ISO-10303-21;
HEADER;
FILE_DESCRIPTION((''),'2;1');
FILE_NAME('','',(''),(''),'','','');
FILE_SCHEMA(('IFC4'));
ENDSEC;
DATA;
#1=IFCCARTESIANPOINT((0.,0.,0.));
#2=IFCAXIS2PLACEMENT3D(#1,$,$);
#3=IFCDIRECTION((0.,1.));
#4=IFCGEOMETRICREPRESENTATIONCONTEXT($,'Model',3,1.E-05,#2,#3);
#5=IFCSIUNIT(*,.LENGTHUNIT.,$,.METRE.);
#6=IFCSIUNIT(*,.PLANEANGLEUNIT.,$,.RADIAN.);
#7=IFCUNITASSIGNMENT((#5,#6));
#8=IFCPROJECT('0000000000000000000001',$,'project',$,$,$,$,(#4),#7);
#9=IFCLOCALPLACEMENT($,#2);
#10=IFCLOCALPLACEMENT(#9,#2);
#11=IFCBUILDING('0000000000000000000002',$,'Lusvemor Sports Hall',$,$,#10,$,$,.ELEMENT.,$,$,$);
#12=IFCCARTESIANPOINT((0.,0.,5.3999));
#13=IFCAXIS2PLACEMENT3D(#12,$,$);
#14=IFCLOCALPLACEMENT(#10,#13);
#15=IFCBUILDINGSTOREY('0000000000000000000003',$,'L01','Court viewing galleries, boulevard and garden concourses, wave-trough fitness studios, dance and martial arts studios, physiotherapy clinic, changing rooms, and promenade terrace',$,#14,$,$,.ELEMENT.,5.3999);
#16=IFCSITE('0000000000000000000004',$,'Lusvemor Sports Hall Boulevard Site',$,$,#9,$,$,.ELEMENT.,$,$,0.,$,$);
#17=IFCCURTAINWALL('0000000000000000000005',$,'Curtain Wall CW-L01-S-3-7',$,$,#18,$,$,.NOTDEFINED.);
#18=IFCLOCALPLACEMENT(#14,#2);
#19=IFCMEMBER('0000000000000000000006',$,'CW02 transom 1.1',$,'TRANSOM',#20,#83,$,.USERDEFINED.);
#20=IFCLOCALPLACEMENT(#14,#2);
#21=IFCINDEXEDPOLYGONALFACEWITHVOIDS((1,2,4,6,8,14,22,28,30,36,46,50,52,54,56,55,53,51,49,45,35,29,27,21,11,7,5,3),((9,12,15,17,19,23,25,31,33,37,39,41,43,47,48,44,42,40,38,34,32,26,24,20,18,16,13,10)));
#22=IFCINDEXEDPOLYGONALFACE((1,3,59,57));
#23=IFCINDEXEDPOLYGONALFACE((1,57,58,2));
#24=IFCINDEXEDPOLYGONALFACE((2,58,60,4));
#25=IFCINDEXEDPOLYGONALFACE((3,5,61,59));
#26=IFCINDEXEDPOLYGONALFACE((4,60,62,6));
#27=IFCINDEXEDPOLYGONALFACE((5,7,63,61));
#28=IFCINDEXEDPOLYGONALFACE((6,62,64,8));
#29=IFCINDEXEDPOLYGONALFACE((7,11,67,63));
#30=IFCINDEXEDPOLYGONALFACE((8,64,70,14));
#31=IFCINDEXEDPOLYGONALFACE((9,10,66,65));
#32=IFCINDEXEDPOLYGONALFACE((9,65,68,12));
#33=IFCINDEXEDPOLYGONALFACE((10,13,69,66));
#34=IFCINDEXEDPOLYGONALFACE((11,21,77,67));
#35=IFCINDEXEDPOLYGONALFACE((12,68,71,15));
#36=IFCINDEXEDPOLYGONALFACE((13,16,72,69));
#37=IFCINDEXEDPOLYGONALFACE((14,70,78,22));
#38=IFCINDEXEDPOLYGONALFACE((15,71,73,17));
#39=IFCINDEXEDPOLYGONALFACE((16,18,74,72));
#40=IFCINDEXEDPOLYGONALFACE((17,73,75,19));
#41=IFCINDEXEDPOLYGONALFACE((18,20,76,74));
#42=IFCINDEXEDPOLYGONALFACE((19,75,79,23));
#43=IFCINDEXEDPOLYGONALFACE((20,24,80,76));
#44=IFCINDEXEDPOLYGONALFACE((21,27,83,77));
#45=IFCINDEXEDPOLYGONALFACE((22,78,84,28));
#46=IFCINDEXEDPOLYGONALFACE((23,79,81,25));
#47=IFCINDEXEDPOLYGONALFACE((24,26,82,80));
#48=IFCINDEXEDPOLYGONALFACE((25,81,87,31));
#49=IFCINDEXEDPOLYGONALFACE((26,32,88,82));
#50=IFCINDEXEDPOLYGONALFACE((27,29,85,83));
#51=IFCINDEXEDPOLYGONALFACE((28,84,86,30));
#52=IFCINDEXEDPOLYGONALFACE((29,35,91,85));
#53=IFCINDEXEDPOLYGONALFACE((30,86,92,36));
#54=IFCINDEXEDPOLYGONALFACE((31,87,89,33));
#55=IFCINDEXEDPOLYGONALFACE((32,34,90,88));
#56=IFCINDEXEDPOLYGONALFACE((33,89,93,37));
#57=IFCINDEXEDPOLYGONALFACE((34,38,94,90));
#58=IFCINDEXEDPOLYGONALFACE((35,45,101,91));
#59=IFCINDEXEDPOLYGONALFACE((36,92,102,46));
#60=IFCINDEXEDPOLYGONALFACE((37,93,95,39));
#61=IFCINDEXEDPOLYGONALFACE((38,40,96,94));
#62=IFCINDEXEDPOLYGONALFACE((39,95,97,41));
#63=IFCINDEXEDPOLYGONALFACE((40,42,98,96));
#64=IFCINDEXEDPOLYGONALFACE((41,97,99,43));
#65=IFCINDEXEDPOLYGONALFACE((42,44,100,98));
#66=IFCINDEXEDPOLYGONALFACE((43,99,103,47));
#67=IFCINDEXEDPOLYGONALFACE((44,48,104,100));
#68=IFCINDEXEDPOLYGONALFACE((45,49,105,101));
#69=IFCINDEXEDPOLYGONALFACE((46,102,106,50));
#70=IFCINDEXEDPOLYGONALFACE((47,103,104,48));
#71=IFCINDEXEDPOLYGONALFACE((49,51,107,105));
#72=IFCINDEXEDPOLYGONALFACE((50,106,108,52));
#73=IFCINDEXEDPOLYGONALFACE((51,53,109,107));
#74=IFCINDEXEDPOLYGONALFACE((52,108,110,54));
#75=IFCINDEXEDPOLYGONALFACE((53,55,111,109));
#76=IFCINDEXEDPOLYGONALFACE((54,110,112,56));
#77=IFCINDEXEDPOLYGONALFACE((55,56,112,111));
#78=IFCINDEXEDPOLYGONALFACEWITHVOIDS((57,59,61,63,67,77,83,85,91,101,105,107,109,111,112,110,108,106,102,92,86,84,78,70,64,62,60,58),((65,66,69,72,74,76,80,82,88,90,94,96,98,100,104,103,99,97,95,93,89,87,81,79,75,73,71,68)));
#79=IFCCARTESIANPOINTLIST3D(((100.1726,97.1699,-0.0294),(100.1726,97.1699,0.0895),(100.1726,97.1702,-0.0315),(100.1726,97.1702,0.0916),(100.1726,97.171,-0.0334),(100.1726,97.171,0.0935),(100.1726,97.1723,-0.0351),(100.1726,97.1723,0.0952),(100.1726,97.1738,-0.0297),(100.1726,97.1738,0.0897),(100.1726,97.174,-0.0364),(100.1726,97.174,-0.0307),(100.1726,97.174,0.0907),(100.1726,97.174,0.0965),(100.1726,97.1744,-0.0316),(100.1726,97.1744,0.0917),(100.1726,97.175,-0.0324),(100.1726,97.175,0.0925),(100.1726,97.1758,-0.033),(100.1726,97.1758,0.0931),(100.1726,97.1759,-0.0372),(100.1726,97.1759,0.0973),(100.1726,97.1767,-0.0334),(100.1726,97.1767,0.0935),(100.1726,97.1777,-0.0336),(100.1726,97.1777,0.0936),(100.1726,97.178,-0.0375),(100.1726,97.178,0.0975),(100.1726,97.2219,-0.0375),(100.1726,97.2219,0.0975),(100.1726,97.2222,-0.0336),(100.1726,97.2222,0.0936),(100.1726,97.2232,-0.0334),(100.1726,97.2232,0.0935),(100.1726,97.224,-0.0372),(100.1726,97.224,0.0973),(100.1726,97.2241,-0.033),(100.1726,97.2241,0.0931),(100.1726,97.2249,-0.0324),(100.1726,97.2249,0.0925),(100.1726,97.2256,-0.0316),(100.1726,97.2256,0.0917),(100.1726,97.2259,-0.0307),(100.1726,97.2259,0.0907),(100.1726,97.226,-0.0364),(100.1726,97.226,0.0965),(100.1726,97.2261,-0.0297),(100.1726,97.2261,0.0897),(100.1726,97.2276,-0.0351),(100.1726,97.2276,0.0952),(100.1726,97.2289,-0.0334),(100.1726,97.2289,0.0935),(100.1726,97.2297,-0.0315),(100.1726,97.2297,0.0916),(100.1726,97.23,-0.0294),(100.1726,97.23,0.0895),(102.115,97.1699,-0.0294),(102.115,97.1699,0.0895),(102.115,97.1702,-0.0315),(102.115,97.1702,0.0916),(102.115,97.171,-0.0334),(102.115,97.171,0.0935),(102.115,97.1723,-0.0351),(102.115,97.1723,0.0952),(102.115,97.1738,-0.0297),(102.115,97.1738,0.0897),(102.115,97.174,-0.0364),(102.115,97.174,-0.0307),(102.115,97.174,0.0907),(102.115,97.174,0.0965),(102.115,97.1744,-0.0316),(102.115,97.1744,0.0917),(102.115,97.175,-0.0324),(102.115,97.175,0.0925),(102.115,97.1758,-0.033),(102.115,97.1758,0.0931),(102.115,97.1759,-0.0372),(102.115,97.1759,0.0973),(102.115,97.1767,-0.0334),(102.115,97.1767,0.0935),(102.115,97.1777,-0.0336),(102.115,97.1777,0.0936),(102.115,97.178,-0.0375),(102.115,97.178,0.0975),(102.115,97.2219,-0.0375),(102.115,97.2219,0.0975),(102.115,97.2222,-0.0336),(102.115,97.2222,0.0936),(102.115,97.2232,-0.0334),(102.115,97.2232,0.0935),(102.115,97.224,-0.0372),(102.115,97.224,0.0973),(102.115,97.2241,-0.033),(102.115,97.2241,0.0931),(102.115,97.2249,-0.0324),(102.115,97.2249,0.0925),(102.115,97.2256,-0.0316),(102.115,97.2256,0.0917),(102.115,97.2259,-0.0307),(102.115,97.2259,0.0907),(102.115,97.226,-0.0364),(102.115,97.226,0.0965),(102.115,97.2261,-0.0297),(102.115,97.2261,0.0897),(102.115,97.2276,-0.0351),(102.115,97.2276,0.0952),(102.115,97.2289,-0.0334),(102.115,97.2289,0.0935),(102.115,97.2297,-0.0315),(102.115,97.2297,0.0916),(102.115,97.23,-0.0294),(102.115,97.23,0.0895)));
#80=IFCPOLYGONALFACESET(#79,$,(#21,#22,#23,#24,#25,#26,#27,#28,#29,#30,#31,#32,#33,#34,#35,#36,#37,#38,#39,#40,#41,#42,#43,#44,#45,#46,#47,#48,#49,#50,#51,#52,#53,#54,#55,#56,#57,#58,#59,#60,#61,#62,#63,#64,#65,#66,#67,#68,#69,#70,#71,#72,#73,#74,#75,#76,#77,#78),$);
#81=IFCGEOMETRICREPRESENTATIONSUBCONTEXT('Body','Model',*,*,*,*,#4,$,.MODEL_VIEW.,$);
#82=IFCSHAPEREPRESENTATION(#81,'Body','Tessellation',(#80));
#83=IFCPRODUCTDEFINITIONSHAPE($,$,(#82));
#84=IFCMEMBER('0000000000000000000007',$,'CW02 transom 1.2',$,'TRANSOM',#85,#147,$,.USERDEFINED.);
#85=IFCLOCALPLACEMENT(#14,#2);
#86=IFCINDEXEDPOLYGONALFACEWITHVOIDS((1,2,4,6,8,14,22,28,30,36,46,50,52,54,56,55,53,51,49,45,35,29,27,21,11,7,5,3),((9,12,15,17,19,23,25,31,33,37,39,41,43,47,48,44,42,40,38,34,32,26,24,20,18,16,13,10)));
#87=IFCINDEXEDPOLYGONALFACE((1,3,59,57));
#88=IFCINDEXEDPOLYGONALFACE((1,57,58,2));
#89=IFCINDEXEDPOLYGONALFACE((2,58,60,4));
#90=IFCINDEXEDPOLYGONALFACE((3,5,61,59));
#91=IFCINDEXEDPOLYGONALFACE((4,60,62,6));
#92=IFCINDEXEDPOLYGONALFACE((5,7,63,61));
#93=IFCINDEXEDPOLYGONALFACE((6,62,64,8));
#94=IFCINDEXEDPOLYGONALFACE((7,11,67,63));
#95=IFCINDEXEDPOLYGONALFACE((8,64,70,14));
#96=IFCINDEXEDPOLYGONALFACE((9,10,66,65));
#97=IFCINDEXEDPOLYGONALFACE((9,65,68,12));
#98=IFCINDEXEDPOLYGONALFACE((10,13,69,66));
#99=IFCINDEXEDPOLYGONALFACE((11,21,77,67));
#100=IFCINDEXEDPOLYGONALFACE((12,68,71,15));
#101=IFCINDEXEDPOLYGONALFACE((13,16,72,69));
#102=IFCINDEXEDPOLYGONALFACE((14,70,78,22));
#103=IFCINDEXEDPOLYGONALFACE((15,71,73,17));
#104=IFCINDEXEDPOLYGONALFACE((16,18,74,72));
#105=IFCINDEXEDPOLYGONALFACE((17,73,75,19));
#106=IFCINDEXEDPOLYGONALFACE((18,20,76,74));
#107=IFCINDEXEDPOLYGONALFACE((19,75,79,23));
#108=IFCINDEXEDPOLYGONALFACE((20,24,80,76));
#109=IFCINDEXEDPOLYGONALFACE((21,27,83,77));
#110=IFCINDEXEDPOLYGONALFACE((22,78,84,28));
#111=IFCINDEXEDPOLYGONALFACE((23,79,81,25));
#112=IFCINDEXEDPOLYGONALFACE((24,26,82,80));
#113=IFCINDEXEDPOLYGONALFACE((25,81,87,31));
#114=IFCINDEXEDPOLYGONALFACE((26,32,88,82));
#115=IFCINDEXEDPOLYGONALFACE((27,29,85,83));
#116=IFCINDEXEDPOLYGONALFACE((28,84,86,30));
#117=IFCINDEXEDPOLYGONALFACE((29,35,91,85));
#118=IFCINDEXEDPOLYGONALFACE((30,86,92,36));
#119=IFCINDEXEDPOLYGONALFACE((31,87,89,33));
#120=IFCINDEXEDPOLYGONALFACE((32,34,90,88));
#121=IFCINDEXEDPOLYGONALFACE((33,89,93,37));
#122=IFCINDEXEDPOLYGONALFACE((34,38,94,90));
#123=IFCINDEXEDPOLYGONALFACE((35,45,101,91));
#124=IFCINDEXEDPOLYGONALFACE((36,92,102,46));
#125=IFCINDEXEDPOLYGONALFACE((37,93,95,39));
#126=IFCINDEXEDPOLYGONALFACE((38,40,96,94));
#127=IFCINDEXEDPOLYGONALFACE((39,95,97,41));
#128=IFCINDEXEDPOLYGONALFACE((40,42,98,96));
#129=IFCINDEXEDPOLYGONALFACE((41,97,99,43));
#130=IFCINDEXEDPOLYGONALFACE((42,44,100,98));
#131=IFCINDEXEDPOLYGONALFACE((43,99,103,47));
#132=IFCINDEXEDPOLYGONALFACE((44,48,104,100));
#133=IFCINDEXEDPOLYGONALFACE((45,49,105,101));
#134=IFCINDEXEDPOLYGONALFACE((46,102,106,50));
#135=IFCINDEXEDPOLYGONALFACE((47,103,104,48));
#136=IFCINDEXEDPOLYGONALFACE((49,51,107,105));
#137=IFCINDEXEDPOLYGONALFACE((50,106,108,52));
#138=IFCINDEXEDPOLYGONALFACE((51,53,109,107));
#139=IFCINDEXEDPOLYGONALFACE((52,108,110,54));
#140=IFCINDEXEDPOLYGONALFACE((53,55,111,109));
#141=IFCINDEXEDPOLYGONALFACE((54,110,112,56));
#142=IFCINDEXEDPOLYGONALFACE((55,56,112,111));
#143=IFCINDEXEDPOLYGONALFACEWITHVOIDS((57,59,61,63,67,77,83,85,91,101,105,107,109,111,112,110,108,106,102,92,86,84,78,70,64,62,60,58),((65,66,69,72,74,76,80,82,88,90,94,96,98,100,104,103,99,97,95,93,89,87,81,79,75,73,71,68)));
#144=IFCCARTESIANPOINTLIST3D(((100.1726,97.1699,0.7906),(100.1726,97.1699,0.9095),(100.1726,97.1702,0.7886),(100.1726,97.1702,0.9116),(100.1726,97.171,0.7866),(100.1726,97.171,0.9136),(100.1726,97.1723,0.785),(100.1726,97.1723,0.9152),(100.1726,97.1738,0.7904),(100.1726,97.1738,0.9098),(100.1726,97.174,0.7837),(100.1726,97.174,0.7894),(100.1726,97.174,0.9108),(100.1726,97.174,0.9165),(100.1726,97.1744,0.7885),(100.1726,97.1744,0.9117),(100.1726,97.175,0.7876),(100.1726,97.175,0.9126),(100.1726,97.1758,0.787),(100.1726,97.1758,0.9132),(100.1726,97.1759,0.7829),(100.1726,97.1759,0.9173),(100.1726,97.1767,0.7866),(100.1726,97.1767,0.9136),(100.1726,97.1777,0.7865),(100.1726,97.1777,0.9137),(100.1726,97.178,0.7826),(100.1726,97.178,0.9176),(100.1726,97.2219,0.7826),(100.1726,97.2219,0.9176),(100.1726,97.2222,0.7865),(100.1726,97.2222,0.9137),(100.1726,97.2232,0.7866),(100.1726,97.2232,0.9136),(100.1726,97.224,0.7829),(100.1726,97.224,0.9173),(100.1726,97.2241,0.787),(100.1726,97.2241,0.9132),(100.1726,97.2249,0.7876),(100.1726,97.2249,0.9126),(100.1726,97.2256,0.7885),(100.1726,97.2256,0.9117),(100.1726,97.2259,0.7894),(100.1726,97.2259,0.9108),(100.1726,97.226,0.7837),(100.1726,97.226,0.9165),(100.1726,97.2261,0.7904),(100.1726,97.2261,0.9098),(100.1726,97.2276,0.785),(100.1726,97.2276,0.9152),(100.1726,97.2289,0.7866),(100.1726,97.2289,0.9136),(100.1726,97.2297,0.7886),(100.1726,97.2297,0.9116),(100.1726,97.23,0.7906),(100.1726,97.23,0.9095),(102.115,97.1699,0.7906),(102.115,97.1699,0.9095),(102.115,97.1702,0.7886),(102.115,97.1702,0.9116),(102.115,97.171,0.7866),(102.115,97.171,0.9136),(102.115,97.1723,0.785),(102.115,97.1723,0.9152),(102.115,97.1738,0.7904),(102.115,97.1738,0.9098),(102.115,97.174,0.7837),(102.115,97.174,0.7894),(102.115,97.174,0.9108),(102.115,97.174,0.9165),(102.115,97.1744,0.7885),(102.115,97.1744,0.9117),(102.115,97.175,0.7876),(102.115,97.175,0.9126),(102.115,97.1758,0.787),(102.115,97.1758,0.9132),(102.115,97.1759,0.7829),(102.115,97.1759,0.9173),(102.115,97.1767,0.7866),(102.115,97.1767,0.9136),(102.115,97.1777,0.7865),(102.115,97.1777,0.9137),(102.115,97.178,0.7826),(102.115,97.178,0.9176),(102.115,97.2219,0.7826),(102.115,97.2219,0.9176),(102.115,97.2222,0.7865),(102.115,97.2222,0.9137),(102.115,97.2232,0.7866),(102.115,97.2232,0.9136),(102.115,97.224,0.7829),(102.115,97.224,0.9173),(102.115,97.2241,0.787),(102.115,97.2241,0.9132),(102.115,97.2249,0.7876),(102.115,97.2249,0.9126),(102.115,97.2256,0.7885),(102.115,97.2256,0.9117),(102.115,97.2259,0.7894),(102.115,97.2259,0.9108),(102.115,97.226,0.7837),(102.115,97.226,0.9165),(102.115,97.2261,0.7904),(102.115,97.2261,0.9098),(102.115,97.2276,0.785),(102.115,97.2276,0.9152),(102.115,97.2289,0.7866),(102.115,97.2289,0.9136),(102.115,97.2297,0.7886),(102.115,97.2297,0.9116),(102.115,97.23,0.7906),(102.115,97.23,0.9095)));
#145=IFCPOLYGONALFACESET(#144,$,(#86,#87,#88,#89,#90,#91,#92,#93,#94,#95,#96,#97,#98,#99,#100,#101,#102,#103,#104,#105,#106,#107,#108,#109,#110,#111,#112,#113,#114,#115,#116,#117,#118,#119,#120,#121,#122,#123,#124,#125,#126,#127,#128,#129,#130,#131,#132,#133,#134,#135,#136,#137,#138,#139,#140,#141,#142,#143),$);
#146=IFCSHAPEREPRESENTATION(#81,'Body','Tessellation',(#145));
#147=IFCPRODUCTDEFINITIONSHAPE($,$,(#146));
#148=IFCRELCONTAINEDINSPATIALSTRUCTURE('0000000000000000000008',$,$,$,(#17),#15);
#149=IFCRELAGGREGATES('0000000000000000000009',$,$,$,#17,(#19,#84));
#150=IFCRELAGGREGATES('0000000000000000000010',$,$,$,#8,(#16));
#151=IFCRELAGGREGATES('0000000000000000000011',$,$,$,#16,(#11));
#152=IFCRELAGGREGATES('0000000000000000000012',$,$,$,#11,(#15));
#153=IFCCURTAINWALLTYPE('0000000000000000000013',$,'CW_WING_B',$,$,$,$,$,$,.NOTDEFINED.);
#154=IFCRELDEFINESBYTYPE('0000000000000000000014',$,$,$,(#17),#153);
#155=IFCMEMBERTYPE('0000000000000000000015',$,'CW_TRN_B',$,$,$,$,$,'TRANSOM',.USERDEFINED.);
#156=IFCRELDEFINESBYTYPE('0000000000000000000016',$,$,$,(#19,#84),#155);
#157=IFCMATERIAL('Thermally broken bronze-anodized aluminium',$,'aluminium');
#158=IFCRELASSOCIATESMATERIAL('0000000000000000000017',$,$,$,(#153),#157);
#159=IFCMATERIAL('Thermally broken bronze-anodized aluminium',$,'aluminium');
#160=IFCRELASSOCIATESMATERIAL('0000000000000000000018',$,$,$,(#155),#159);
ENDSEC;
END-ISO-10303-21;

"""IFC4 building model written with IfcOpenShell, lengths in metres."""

from ifc_helpers import new_model, si_unit, direction, frame, origin, origin_2d, place, context, subcontext, project, spatial, hollow_rectangle, extrude, material, material_profile, profile_set, type_object, element, aggregate, save


model = new_model("IFC4")

# Units and contexts
model_context = context("Model", 3, precision=1e-05, world=origin(), true_north=direction((0.0, 1.0)))
body_context = subcontext(model_context, "Body", "Model", "MODEL_VIEW")
ifc_project = project(units=[si_unit("LENGTHUNIT", "METRE"), si_unit("PLANEANGLEUNIT", "RADIAN")], contexts=[model_context])

# Site, building, storey
site_placement = place(None, origin())
site = spatial("IfcSite", under=ifc_project, at=site_placement, Name="Lusvemor Sports Hall Boulevard Site", CompositionType="ELEMENT", RefElevation=0.0)
building_placement = place(site_placement, origin())
building = spatial("IfcBuilding", under=site, at=building_placement, Name="Lusvemor Sports Hall", CompositionType="ELEMENT")
storey_placement = place(building_placement, frame((0.0, 0.0, 5.3999)))
storey = spatial("IfcBuildingStorey", under=building, at=storey_placement, Name="L01", Description="Court viewing galleries, boulevard and garden concourses, wave-trough fitness studios, dance and martial arts studios, physiotherapy clinic, changing rooms, and promenade terrace", CompositionType="ELEMENT", Elevation=5.3999)

# Curtain wall, members
ifc_material_1 = material(Name="Thermally broken bronze-anodized aluminium", Category="aluminium")
curtain_wall_type = type_object("IfcCurtainWallType", Name="CW_WING_B", PredefinedType="NOTDEFINED", material=ifc_material_1)
curtain_wall_placement = place(storey_placement, origin())
curtain_wall = element("IfcCurtainWall", 1, at=curtain_wall_placement, inside=storey, type_object=curtain_wall_type, Name="Curtain Wall CW-L01-S-3-7", PredefinedType="NOTDEFINED")
ifc_material_2 = material(Name="Thermally broken bronze-anodized aluminium", Category="aluminium")
ifc_material_profile_1 = material_profile(ifc_material_2, hollow_rectangle(XDim=0.0601, YDim=0.135, WallThickness=0.0039, InnerFilletRadius=0.0039, OuterFilletRadius=0.0081, at=origin_2d()), Name="CWTRN135x60x4")
ifc_profile_set_1 = profile_set([ifc_material_profile_1], Name="Thermally broken bronze-anodized aluminium")
member_type_1 = type_object("IfcMemberType", Name="CW_TRN_B", ElementType="TRANSOM", PredefinedType="USERDEFINED", material=ifc_profile_set_1)
member_1_placement = place(storey_placement, frame((102.115, 97.2, 0.03), z_axis=(-1.0, 0.0, 0.0), x_axis=(0.0, -1.0, 0.0)))
member_1 = element("IfcMember", 2, at=member_1_placement, type_object=member_type_1, Name="CW02 transom 1.1", ObjectType="TRANSOM", PredefinedType="USERDEFINED", context=body_context, shape_type="SweptSolid", body=[
    extrude(hollow_rectangle(XDim=0.0601, YDim=0.135, WallThickness=0.0039, InnerFilletRadius=0.0039, OuterFilletRadius=0.0081, at=origin_2d()), origin(), (0.0, 0.0, 1.0), 1.9424),
])
member_2_placement = place(storey_placement, frame((102.115, 97.2, 0.8501), z_axis=(-1.0, 0.0, 0.0), x_axis=(0.0, -1.0, 0.0)))
member_2 = element("IfcMember", 3, at=member_2_placement, type_object=member_type_1, Name="CW02 transom 1.2", ObjectType="TRANSOM", PredefinedType="USERDEFINED", context=body_context, shape_type="SweptSolid", body=[
    extrude(hollow_rectangle(XDim=0.0601, YDim=0.135, WallThickness=0.0039, InnerFilletRadius=0.0039, OuterFilletRadius=0.0081, at=origin_2d()), origin(), (0.0, 0.0, 1.0), 1.9424),
])

aggregate(curtain_wall, [member_1, member_2])

save(model, "model.ifc")
